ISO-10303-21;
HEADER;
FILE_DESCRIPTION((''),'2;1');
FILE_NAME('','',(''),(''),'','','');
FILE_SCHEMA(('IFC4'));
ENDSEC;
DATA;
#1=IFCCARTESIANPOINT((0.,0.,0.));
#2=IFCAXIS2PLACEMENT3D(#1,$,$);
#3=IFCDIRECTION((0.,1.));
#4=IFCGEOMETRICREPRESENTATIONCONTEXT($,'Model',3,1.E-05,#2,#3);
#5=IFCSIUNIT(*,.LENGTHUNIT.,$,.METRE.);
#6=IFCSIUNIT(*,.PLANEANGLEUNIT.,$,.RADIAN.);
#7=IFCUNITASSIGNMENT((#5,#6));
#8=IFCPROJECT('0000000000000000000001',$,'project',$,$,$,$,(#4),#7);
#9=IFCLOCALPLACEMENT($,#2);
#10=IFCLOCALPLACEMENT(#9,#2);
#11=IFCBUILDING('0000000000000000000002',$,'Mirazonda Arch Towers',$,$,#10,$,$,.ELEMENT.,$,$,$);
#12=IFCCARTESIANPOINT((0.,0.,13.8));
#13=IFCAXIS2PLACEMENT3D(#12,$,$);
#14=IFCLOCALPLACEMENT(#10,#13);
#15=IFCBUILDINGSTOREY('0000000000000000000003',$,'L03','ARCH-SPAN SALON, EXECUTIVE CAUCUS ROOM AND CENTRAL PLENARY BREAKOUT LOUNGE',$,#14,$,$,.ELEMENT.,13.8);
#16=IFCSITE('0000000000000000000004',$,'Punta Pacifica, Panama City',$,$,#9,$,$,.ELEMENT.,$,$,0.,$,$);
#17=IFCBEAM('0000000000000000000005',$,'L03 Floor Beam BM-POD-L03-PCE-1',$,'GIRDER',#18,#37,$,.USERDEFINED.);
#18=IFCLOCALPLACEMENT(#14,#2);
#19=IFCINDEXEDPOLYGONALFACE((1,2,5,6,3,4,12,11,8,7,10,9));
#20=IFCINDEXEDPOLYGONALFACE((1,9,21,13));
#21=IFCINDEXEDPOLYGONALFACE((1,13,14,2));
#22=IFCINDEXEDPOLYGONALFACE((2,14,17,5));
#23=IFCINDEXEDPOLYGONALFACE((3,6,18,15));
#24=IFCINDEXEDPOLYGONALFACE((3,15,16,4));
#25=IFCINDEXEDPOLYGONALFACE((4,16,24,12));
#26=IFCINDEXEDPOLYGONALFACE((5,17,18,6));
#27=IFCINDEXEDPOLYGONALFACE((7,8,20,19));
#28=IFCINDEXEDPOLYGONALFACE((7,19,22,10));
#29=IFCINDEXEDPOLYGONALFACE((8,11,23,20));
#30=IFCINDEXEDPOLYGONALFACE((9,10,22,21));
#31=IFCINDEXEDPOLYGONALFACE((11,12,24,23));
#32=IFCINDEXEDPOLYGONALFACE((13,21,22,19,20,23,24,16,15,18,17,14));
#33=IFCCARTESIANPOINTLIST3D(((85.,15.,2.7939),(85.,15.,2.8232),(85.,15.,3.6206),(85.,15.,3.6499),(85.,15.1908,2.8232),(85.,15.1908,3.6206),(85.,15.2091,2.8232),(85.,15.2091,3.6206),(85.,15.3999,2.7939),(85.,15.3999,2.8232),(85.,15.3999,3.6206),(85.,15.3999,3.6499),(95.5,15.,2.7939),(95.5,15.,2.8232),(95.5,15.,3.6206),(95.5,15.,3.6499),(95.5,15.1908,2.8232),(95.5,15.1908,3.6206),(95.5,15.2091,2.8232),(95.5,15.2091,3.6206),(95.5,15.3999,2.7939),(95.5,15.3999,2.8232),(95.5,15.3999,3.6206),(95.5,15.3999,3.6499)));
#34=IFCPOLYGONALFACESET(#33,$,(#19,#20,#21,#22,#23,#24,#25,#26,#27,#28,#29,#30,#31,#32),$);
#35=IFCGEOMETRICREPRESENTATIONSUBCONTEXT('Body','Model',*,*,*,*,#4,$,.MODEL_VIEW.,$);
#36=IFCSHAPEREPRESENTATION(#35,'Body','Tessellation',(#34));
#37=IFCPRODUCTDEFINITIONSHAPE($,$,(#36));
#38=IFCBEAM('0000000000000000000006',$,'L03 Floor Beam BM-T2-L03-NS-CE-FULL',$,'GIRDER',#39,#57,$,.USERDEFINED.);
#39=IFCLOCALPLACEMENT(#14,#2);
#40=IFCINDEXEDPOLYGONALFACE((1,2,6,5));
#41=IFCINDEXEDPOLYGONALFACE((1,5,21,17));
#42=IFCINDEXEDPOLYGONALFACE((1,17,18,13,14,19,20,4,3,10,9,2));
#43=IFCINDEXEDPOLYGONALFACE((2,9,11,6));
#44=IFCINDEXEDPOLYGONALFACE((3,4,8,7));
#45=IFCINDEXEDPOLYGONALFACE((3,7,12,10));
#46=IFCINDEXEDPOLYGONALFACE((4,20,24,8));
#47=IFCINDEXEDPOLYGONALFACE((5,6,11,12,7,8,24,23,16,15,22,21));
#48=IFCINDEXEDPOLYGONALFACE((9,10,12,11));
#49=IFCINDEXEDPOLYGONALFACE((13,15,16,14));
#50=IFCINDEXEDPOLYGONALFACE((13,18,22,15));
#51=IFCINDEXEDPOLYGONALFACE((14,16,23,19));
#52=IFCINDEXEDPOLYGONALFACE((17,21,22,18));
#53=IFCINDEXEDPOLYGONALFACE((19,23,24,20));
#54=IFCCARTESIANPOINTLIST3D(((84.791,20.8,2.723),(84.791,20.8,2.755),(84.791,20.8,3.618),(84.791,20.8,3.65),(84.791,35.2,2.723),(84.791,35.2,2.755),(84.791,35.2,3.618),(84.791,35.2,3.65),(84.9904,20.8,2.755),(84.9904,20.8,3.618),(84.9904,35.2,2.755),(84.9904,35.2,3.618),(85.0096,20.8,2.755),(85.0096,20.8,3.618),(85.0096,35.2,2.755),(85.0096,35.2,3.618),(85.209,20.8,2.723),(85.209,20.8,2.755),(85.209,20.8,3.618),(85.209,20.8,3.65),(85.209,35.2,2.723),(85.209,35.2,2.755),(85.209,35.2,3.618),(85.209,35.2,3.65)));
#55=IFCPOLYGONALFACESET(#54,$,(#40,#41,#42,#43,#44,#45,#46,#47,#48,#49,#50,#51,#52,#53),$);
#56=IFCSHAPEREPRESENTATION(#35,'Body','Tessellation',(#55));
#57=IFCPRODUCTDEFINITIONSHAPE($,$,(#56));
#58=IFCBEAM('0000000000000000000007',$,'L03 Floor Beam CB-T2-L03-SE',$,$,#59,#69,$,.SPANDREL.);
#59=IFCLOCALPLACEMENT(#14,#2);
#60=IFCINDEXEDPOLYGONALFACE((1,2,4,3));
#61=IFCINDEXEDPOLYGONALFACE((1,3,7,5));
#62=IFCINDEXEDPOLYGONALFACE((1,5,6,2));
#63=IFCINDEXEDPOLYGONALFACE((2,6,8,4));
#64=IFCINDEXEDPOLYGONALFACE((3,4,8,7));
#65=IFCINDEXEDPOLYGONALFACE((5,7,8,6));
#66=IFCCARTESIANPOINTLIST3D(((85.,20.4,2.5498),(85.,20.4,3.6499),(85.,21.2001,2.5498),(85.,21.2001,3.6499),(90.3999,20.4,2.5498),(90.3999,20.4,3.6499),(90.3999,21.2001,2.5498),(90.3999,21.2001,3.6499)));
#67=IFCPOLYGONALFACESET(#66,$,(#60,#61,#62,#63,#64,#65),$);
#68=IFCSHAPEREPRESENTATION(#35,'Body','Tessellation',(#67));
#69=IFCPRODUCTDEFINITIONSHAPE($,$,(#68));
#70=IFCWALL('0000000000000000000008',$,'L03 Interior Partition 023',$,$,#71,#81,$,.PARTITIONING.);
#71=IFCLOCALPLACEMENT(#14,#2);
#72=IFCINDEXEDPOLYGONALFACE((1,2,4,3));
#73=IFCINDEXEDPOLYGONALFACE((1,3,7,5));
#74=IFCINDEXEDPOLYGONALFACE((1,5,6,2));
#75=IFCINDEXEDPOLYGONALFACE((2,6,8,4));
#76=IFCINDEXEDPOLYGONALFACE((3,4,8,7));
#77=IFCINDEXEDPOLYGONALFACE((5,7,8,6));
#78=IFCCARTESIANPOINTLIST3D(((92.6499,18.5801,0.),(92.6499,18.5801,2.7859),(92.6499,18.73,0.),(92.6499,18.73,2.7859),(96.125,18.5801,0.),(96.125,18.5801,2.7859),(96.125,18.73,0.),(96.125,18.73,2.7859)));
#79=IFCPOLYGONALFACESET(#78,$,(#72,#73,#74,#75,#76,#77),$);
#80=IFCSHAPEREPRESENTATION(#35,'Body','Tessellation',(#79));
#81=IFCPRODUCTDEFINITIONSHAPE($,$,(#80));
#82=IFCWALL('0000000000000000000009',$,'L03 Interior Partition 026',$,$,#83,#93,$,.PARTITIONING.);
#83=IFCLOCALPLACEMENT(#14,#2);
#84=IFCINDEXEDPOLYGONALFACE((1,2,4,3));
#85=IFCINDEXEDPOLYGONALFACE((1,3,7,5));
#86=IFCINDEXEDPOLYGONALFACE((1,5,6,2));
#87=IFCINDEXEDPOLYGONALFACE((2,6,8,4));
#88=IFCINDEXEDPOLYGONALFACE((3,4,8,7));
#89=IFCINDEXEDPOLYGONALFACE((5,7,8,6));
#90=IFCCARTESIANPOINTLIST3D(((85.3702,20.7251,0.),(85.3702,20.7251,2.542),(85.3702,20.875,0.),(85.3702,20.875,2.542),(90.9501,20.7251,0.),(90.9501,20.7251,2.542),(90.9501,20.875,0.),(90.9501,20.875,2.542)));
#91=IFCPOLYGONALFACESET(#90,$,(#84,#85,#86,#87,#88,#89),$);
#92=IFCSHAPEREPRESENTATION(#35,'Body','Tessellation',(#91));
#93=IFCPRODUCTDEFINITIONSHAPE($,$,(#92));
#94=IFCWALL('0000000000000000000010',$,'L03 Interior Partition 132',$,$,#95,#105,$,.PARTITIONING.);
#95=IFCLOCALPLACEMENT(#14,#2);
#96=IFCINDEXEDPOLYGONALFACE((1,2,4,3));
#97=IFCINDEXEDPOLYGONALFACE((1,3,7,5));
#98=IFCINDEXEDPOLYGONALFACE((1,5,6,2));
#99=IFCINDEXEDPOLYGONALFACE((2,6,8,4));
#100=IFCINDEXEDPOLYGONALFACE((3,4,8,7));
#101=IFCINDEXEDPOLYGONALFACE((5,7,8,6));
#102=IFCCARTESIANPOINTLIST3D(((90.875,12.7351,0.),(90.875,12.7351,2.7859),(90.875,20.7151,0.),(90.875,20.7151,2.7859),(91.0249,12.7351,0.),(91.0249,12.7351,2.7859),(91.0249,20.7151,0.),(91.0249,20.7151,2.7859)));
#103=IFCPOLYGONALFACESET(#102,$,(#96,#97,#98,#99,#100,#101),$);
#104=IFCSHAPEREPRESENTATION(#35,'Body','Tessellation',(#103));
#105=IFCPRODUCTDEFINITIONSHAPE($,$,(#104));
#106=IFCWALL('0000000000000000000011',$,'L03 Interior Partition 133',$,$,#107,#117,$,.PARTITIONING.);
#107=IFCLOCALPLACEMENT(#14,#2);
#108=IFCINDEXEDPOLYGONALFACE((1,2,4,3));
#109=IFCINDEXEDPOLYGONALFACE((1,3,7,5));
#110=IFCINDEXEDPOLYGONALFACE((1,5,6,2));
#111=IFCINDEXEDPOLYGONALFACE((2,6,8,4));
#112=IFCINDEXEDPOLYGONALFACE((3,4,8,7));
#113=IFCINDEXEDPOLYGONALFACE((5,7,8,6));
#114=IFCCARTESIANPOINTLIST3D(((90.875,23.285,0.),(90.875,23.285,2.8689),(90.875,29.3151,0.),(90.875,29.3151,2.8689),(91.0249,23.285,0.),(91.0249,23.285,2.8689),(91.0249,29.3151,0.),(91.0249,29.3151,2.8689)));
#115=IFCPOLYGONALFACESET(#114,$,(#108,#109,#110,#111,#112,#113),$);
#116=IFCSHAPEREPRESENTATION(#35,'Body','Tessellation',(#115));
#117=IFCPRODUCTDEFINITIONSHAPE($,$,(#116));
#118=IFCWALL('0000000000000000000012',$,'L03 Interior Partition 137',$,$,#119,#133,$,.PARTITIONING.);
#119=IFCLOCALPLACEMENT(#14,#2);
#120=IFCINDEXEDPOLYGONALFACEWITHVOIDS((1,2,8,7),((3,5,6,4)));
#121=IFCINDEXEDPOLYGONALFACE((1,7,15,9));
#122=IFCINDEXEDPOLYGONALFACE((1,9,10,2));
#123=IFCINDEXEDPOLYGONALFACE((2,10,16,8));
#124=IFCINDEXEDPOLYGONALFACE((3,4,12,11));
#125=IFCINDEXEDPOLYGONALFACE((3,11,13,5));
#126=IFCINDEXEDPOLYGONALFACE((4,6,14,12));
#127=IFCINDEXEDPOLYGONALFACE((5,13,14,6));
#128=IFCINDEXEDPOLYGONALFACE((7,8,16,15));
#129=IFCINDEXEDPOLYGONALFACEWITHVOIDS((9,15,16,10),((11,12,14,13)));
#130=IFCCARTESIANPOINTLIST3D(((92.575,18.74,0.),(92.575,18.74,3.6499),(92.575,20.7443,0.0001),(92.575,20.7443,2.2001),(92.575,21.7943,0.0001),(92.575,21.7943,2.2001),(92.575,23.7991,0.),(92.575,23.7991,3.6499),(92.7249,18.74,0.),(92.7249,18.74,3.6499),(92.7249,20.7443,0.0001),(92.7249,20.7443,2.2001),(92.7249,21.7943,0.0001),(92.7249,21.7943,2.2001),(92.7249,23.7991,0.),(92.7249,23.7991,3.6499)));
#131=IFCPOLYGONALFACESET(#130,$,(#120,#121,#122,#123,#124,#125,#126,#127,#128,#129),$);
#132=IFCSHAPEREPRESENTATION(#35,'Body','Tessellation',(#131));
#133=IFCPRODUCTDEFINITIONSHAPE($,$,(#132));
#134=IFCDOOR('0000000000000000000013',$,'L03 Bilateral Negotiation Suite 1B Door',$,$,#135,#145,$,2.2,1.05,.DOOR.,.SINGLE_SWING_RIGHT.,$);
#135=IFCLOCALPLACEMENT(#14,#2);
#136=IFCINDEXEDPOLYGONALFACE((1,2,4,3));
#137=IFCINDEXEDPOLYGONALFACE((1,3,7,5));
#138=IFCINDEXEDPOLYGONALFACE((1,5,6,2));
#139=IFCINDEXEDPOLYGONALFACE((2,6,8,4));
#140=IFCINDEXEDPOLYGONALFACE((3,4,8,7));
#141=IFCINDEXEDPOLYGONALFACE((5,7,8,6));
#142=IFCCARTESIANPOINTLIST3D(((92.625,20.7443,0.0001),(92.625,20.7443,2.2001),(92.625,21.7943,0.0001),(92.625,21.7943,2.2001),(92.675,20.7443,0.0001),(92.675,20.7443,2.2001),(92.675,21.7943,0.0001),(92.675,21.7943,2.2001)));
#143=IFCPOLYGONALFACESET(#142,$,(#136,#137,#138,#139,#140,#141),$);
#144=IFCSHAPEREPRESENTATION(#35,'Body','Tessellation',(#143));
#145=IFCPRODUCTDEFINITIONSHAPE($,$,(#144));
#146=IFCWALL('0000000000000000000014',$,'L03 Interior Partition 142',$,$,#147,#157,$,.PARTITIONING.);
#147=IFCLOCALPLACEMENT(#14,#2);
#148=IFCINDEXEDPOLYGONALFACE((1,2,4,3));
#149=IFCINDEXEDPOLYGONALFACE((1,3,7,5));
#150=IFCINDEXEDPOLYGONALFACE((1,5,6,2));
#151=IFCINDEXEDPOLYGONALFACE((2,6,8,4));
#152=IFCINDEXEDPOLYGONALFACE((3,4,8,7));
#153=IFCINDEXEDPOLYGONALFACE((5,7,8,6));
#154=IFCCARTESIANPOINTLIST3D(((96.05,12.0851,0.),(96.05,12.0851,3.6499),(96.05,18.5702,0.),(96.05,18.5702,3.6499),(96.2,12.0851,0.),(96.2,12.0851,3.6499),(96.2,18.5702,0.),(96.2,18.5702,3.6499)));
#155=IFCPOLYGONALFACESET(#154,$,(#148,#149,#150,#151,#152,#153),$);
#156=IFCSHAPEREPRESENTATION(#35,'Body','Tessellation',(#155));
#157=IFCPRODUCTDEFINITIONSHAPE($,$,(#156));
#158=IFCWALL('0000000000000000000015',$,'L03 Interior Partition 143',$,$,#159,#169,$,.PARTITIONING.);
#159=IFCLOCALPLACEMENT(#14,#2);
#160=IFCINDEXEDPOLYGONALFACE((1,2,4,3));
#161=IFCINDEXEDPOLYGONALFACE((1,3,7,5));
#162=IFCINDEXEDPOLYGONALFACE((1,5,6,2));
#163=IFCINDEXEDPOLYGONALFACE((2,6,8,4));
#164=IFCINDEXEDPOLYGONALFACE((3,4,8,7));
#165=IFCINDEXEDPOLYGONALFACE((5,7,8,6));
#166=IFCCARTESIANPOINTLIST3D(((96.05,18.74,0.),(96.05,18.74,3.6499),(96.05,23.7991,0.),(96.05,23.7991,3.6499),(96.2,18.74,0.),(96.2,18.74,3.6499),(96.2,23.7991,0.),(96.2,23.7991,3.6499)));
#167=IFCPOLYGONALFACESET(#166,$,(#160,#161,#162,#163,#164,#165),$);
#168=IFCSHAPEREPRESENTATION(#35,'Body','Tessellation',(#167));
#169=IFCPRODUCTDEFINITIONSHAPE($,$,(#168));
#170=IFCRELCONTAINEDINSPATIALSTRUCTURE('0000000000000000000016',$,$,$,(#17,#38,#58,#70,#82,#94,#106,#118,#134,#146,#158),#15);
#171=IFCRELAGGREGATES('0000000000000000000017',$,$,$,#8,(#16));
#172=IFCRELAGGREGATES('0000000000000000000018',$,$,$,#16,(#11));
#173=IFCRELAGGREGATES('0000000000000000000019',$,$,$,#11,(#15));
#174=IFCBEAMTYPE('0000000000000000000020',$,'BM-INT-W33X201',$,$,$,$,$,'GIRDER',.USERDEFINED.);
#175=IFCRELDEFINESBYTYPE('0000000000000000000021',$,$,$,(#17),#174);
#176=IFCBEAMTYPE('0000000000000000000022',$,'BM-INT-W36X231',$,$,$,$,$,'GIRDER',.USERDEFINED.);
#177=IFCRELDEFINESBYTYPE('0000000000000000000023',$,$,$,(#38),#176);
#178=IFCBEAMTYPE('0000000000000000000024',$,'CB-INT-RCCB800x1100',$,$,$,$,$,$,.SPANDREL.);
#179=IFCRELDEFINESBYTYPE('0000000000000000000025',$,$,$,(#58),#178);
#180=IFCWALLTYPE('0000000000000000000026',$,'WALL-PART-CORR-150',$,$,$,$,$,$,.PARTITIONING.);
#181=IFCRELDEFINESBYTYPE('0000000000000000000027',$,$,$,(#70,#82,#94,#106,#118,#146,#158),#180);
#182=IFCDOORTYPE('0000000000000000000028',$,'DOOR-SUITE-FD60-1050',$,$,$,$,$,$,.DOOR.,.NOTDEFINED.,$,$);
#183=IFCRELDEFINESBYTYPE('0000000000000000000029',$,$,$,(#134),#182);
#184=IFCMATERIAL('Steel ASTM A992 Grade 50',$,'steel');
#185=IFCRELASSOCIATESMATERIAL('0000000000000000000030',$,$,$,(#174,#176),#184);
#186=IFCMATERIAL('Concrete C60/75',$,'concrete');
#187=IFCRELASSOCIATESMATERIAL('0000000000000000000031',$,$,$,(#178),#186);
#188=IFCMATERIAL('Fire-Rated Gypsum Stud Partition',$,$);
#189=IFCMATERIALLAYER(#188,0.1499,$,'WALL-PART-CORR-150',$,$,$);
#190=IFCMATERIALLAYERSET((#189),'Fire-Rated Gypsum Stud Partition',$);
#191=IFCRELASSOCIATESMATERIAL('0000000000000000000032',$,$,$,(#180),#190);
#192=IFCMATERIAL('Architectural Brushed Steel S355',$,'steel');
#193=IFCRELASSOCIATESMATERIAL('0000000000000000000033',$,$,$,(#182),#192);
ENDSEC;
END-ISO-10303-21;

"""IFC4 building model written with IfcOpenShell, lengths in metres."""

from ifc_helpers import new_model, si_unit, direction, frame, frame_2d, origin, origin_2d, place, context, subcontext, project, spatial, rectangle, i_section, extrude, material, layer, layer_set, material_profile, profile_set, type_object, element, fill, save


model = new_model("IFC4")

# Units and contexts
model_context = context("Model", 3, precision=1e-05, world=origin(), true_north=direction((0.0, 1.0)))
body_context = subcontext(model_context, "Body", "Model", "MODEL_VIEW")
ifc_project = project(units=[si_unit("LENGTHUNIT", "METRE"), si_unit("PLANEANGLEUNIT", "RADIAN")], contexts=[model_context])

# Site, building, storey
site_placement = place(None, origin())
site = spatial("IfcSite", under=ifc_project, at=site_placement, Name="Punta Pacifica, Panama City", CompositionType="ELEMENT", RefElevation=0.0)
building_placement = place(site_placement, origin())
building = spatial("IfcBuilding", under=site, at=building_placement, Name="Mirazonda Arch Towers", CompositionType="ELEMENT")
storey_placement = place(building_placement, frame((0.0, 0.0, 13.8)))
storey = spatial("IfcBuildingStorey", under=building, at=storey_placement, Name="L03", Description="ARCH-SPAN SALON, EXECUTIVE CAUCUS ROOM AND CENTRAL PLENARY BREAKOUT LOUNGE", CompositionType="ELEMENT", Elevation=13.8)

# Shared definitions
ifc_material_1 = material(Name="Concrete C60/75", Category="concrete")

# Beams
ifc_material_2 = material(Name="Steel ASTM A992 Grade 50", Category="steel")
ifc_material_profile_1 = material_profile(ifc_material_2, i_section(OverallWidth=0.3999, OverallDepth=0.856, WebThickness=0.0183, FlangeThickness=0.0293, at=origin_2d()), Name="W33X201")
ifc_profile_set_1 = profile_set([ifc_material_profile_1], Name="Steel ASTM A992 Grade 50")
beam_type_1 = type_object("IfcBeamType", Name="BM-INT-W33X201", ElementType="GIRDER", PredefinedType="USERDEFINED", material=ifc_profile_set_1)
beam_1_placement = place(storey_placement, frame((85.0, 15.2, 3.2219), z_axis=(1.0, 0.0, 0.0), x_axis=(0.0, 1.0, 0.0)))
element("IfcBeam", 1, at=beam_1_placement, inside=storey, type_object=beam_type_1, Name="L03 Floor Beam BM-POD-L03-PCE-1", ObjectType="GIRDER", PredefinedType="USERDEFINED", context=body_context, shape_type="SweptSolid", body=[
    extrude(i_section(OverallWidth=0.3999, OverallDepth=0.856, WebThickness=0.0183, FlangeThickness=0.0293, at=origin_2d()), origin(), (0.0, 0.0, 1.0), 10.5),
])
ifc_material_profile_2 = material_profile(ifc_material_2, i_section(OverallWidth=0.418, OverallDepth=0.927, WebThickness=0.0193, FlangeThickness=0.032, at=origin_2d()), Name="W36X231")
ifc_profile_set_2 = profile_set([ifc_material_profile_2], Name="Steel ASTM A992 Grade 50")
beam_type_2 = type_object("IfcBeamType", Name="BM-INT-W36X231", ElementType="GIRDER", PredefinedType="USERDEFINED", material=ifc_profile_set_2)
beam_2_placement = place(storey_placement, frame((85.0, 20.8, 3.1865), z_axis=(0.0, 1.0, 0.0), x_axis=(-1.0, 0.0, 0.0)))
element("IfcBeam", 2, at=beam_2_placement, inside=storey, type_object=beam_type_2, Name="L03 Floor Beam BM-T2-L03-NS-CE-FULL", ObjectType="GIRDER", PredefinedType="USERDEFINED", context=body_context, shape_type="SweptSolid", body=[
    extrude(i_section(OverallWidth=0.418, OverallDepth=0.927, WebThickness=0.0193, FlangeThickness=0.032, at=origin_2d()), origin(), (0.0, 0.0, 1.0), 14.3999),
])
ifc_material_profile_3 = material_profile(ifc_material_1, rectangle(XDim=0.8, YDim=1.1001, at=origin_2d()), Name="RCCB800x1100")
ifc_profile_set_3 = profile_set([ifc_material_profile_3], Name="Concrete C60/75")
beam_type_3 = type_object("IfcBeamType", Name="CB-INT-RCCB800x1100", PredefinedType="SPANDREL", material=ifc_profile_set_3)
beam_3_placement = place(storey_placement, frame((85.0, 20.8, 3.0999), z_axis=(1.0, 0.0, 0.0), x_axis=(0.0, 1.0, 0.0)))
element("IfcBeam", 3, at=beam_3_placement, inside=storey, type_object=beam_type_3, Name="L03 Floor Beam CB-T2-L03-SE", PredefinedType="SPANDREL", context=body_context, shape_type="SweptSolid", body=[
    extrude(rectangle(XDim=0.8, YDim=1.1001, at=origin_2d()), origin(), (0.0, 0.0, 1.0), 5.3999),
])

# Walls
ifc_material_3 = material(Name="Fire-Rated Gypsum Stud Partition")
ifc_layer = layer(ifc_material_3, 0.1499, Name="WALL-PART-CORR-150")
ifc_layer_set = layer_set([ifc_layer], Name="Fire-Rated Gypsum Stud Partition")
wall_type = type_object("IfcWallType", Name="WALL-PART-CORR-150", PredefinedType="PARTITIONING", material=ifc_layer_set)
wall_1_placement = place(storey_placement, frame((92.6499, 18.655, 0.0), z_axis=(0.0, 0.0, 1.0), x_axis=(1.0, 0.0, 0.0)))
element("IfcWall", 4, at=wall_1_placement, inside=storey, type_object=wall_type, Name="L03 Interior Partition 023", PredefinedType="PARTITIONING", context=body_context, shape_type="SweptSolid", body=[
    extrude(rectangle(XDim=3.4751, YDim=0.1499, at=frame_2d((1.7375, 0.0))), origin(), (0.0, 0.0, 1.0), 2.7859),
])
wall_2_placement = place(storey_placement, frame((85.3701, 20.8, 0.0), z_axis=(0.0, 0.0, 1.0), x_axis=(1.0, 0.0, 0.0)))
element("IfcWall", 5, at=wall_2_placement, inside=storey, type_object=wall_type, Name="L03 Interior Partition 026", PredefinedType="PARTITIONING", context=body_context, shape_type="SweptSolid", body=[
    extrude(rectangle(XDim=5.5798, YDim=0.1499, at=frame_2d((2.79, 0.0))), origin(), (0.0, 0.0, 1.0), 2.542),
])
wall_3_placement = place(storey_placement, frame((90.95, 12.7351, 0.0), z_axis=(0.0, 0.0, 1.0), x_axis=(0.0, 1.0, 0.0)))
element("IfcWall", 6, at=wall_3_placement, inside=storey, type_object=wall_type, Name="L03 Interior Partition 132", PredefinedType="PARTITIONING", context=body_context, shape_type="SweptSolid", body=[
    extrude(rectangle(XDim=7.98, YDim=0.1499, at=frame_2d((3.99, 0.0))), origin(), (0.0, 0.0, 1.0), 2.7859),
])
wall_4_placement = place(storey_placement, frame((90.95, 23.2849, 0.0), z_axis=(0.0, 0.0, 1.0), x_axis=(0.0, 1.0, 0.0)))
element("IfcWall", 7, at=wall_4_placement, inside=storey, type_object=wall_type, Name="L03 Interior Partition 133", PredefinedType="PARTITIONING", context=body_context, shape_type="SweptSolid", body=[
    extrude(rectangle(XDim=6.03, YDim=0.1499, at=frame_2d((3.0151, 0.0))), origin(), (0.0, 0.0, 1.0), 2.8689),
])

# Wall, opening, door
wall_5_placement = place(storey_placement, frame((92.6499, 18.74, 0.0), z_axis=(0.0, 0.0, 1.0), x_axis=(0.0, 1.0, 0.0)))
wall_5 = element("IfcWall", 8, at=wall_5_placement, inside=storey, type_object=wall_type, Name="L03 Interior Partition 137", PredefinedType="PARTITIONING", context=body_context, shape_type="SweptSolid", body=[
    extrude(rectangle(XDim=5.0591, YDim=0.1499, at=frame_2d((2.5295, 0.0))), origin(), (0.0, 0.0, 1.0), 3.6499),
])
opening_placement = place(wall_5_placement, frame((2.0044, 0.0, 0.0)))
opening = element("IfcOpeningElement", 9, at=opening_placement, cuts=wall_5, PredefinedType="OPENING", context=body_context, shape_type="SweptSolid", body=[
    extrude(rectangle(XDim=1.05, YDim=2.2, at=frame_2d((0.5249, 1.1001))), frame((0.0, 0.085, 0.0), z_axis=(0.0, -1.0, 0.0), x_axis=(1.0, 0.0, 0.0)), (0.0, 0.0, 1.0), 0.1699),
])
ifc_material_4 = material(Name="Architectural Brushed Steel S355", Category="steel")
door_type = type_object("IfcDoorType", Name="DOOR-SUITE-FD60-1050", OperationType="NOTDEFINED", PredefinedType="DOOR", material=ifc_material_4)
door_placement = place(opening_placement, origin())
door = element("IfcDoor", 10, at=door_placement, inside=storey, type_object=door_type, Name="L03 Bilateral Negotiation Suite 1B Door", OperationType="SINGLE_SWING_RIGHT", OverallHeight=2.2, OverallWidth=1.05, PredefinedType="DOOR", context=body_context, shape_type="SweptSolid", body=[
    extrude(rectangle(XDim=1.05, YDim=2.2, at=frame_2d((0.5249, 1.1001))), frame((0.0, 0.0249, 0.0), z_axis=(0.0, -1.0, 0.0), x_axis=(1.0, 0.0, 0.0)), (0.0, 0.0, 1.0), 0.05),
])
fill(opening, door)

# Walls
wall_6_placement = place(storey_placement, frame((96.125, 12.085, 0.0), z_axis=(0.0, 0.0, 1.0), x_axis=(0.0, 1.0, 0.0)))
element("IfcWall", 11, at=wall_6_placement, inside=storey, type_object=wall_type, Name="L03 Interior Partition 142", PredefinedType="PARTITIONING", context=body_context, shape_type="SweptSolid", body=[
    extrude(rectangle(XDim=6.4851, YDim=0.1499, at=frame_2d((3.2427, 0.0))), origin(), (0.0, 0.0, 1.0), 3.6499),
])
wall_7_placement = place(storey_placement, frame((96.125, 18.74, 0.0), z_axis=(0.0, 0.0, 1.0), x_axis=(0.0, 1.0, 0.0)))
element("IfcWall", 12, at=wall_7_placement, inside=storey, type_object=wall_type, Name="L03 Interior Partition 143", PredefinedType="PARTITIONING", context=body_context, shape_type="SweptSolid", body=[
    extrude(rectangle(XDim=5.0591, YDim=0.1499, at=frame_2d((2.5295, 0.0))), origin(), (0.0, 0.0, 1.0), 3.6499),
])

save(model, "model.ifc")
